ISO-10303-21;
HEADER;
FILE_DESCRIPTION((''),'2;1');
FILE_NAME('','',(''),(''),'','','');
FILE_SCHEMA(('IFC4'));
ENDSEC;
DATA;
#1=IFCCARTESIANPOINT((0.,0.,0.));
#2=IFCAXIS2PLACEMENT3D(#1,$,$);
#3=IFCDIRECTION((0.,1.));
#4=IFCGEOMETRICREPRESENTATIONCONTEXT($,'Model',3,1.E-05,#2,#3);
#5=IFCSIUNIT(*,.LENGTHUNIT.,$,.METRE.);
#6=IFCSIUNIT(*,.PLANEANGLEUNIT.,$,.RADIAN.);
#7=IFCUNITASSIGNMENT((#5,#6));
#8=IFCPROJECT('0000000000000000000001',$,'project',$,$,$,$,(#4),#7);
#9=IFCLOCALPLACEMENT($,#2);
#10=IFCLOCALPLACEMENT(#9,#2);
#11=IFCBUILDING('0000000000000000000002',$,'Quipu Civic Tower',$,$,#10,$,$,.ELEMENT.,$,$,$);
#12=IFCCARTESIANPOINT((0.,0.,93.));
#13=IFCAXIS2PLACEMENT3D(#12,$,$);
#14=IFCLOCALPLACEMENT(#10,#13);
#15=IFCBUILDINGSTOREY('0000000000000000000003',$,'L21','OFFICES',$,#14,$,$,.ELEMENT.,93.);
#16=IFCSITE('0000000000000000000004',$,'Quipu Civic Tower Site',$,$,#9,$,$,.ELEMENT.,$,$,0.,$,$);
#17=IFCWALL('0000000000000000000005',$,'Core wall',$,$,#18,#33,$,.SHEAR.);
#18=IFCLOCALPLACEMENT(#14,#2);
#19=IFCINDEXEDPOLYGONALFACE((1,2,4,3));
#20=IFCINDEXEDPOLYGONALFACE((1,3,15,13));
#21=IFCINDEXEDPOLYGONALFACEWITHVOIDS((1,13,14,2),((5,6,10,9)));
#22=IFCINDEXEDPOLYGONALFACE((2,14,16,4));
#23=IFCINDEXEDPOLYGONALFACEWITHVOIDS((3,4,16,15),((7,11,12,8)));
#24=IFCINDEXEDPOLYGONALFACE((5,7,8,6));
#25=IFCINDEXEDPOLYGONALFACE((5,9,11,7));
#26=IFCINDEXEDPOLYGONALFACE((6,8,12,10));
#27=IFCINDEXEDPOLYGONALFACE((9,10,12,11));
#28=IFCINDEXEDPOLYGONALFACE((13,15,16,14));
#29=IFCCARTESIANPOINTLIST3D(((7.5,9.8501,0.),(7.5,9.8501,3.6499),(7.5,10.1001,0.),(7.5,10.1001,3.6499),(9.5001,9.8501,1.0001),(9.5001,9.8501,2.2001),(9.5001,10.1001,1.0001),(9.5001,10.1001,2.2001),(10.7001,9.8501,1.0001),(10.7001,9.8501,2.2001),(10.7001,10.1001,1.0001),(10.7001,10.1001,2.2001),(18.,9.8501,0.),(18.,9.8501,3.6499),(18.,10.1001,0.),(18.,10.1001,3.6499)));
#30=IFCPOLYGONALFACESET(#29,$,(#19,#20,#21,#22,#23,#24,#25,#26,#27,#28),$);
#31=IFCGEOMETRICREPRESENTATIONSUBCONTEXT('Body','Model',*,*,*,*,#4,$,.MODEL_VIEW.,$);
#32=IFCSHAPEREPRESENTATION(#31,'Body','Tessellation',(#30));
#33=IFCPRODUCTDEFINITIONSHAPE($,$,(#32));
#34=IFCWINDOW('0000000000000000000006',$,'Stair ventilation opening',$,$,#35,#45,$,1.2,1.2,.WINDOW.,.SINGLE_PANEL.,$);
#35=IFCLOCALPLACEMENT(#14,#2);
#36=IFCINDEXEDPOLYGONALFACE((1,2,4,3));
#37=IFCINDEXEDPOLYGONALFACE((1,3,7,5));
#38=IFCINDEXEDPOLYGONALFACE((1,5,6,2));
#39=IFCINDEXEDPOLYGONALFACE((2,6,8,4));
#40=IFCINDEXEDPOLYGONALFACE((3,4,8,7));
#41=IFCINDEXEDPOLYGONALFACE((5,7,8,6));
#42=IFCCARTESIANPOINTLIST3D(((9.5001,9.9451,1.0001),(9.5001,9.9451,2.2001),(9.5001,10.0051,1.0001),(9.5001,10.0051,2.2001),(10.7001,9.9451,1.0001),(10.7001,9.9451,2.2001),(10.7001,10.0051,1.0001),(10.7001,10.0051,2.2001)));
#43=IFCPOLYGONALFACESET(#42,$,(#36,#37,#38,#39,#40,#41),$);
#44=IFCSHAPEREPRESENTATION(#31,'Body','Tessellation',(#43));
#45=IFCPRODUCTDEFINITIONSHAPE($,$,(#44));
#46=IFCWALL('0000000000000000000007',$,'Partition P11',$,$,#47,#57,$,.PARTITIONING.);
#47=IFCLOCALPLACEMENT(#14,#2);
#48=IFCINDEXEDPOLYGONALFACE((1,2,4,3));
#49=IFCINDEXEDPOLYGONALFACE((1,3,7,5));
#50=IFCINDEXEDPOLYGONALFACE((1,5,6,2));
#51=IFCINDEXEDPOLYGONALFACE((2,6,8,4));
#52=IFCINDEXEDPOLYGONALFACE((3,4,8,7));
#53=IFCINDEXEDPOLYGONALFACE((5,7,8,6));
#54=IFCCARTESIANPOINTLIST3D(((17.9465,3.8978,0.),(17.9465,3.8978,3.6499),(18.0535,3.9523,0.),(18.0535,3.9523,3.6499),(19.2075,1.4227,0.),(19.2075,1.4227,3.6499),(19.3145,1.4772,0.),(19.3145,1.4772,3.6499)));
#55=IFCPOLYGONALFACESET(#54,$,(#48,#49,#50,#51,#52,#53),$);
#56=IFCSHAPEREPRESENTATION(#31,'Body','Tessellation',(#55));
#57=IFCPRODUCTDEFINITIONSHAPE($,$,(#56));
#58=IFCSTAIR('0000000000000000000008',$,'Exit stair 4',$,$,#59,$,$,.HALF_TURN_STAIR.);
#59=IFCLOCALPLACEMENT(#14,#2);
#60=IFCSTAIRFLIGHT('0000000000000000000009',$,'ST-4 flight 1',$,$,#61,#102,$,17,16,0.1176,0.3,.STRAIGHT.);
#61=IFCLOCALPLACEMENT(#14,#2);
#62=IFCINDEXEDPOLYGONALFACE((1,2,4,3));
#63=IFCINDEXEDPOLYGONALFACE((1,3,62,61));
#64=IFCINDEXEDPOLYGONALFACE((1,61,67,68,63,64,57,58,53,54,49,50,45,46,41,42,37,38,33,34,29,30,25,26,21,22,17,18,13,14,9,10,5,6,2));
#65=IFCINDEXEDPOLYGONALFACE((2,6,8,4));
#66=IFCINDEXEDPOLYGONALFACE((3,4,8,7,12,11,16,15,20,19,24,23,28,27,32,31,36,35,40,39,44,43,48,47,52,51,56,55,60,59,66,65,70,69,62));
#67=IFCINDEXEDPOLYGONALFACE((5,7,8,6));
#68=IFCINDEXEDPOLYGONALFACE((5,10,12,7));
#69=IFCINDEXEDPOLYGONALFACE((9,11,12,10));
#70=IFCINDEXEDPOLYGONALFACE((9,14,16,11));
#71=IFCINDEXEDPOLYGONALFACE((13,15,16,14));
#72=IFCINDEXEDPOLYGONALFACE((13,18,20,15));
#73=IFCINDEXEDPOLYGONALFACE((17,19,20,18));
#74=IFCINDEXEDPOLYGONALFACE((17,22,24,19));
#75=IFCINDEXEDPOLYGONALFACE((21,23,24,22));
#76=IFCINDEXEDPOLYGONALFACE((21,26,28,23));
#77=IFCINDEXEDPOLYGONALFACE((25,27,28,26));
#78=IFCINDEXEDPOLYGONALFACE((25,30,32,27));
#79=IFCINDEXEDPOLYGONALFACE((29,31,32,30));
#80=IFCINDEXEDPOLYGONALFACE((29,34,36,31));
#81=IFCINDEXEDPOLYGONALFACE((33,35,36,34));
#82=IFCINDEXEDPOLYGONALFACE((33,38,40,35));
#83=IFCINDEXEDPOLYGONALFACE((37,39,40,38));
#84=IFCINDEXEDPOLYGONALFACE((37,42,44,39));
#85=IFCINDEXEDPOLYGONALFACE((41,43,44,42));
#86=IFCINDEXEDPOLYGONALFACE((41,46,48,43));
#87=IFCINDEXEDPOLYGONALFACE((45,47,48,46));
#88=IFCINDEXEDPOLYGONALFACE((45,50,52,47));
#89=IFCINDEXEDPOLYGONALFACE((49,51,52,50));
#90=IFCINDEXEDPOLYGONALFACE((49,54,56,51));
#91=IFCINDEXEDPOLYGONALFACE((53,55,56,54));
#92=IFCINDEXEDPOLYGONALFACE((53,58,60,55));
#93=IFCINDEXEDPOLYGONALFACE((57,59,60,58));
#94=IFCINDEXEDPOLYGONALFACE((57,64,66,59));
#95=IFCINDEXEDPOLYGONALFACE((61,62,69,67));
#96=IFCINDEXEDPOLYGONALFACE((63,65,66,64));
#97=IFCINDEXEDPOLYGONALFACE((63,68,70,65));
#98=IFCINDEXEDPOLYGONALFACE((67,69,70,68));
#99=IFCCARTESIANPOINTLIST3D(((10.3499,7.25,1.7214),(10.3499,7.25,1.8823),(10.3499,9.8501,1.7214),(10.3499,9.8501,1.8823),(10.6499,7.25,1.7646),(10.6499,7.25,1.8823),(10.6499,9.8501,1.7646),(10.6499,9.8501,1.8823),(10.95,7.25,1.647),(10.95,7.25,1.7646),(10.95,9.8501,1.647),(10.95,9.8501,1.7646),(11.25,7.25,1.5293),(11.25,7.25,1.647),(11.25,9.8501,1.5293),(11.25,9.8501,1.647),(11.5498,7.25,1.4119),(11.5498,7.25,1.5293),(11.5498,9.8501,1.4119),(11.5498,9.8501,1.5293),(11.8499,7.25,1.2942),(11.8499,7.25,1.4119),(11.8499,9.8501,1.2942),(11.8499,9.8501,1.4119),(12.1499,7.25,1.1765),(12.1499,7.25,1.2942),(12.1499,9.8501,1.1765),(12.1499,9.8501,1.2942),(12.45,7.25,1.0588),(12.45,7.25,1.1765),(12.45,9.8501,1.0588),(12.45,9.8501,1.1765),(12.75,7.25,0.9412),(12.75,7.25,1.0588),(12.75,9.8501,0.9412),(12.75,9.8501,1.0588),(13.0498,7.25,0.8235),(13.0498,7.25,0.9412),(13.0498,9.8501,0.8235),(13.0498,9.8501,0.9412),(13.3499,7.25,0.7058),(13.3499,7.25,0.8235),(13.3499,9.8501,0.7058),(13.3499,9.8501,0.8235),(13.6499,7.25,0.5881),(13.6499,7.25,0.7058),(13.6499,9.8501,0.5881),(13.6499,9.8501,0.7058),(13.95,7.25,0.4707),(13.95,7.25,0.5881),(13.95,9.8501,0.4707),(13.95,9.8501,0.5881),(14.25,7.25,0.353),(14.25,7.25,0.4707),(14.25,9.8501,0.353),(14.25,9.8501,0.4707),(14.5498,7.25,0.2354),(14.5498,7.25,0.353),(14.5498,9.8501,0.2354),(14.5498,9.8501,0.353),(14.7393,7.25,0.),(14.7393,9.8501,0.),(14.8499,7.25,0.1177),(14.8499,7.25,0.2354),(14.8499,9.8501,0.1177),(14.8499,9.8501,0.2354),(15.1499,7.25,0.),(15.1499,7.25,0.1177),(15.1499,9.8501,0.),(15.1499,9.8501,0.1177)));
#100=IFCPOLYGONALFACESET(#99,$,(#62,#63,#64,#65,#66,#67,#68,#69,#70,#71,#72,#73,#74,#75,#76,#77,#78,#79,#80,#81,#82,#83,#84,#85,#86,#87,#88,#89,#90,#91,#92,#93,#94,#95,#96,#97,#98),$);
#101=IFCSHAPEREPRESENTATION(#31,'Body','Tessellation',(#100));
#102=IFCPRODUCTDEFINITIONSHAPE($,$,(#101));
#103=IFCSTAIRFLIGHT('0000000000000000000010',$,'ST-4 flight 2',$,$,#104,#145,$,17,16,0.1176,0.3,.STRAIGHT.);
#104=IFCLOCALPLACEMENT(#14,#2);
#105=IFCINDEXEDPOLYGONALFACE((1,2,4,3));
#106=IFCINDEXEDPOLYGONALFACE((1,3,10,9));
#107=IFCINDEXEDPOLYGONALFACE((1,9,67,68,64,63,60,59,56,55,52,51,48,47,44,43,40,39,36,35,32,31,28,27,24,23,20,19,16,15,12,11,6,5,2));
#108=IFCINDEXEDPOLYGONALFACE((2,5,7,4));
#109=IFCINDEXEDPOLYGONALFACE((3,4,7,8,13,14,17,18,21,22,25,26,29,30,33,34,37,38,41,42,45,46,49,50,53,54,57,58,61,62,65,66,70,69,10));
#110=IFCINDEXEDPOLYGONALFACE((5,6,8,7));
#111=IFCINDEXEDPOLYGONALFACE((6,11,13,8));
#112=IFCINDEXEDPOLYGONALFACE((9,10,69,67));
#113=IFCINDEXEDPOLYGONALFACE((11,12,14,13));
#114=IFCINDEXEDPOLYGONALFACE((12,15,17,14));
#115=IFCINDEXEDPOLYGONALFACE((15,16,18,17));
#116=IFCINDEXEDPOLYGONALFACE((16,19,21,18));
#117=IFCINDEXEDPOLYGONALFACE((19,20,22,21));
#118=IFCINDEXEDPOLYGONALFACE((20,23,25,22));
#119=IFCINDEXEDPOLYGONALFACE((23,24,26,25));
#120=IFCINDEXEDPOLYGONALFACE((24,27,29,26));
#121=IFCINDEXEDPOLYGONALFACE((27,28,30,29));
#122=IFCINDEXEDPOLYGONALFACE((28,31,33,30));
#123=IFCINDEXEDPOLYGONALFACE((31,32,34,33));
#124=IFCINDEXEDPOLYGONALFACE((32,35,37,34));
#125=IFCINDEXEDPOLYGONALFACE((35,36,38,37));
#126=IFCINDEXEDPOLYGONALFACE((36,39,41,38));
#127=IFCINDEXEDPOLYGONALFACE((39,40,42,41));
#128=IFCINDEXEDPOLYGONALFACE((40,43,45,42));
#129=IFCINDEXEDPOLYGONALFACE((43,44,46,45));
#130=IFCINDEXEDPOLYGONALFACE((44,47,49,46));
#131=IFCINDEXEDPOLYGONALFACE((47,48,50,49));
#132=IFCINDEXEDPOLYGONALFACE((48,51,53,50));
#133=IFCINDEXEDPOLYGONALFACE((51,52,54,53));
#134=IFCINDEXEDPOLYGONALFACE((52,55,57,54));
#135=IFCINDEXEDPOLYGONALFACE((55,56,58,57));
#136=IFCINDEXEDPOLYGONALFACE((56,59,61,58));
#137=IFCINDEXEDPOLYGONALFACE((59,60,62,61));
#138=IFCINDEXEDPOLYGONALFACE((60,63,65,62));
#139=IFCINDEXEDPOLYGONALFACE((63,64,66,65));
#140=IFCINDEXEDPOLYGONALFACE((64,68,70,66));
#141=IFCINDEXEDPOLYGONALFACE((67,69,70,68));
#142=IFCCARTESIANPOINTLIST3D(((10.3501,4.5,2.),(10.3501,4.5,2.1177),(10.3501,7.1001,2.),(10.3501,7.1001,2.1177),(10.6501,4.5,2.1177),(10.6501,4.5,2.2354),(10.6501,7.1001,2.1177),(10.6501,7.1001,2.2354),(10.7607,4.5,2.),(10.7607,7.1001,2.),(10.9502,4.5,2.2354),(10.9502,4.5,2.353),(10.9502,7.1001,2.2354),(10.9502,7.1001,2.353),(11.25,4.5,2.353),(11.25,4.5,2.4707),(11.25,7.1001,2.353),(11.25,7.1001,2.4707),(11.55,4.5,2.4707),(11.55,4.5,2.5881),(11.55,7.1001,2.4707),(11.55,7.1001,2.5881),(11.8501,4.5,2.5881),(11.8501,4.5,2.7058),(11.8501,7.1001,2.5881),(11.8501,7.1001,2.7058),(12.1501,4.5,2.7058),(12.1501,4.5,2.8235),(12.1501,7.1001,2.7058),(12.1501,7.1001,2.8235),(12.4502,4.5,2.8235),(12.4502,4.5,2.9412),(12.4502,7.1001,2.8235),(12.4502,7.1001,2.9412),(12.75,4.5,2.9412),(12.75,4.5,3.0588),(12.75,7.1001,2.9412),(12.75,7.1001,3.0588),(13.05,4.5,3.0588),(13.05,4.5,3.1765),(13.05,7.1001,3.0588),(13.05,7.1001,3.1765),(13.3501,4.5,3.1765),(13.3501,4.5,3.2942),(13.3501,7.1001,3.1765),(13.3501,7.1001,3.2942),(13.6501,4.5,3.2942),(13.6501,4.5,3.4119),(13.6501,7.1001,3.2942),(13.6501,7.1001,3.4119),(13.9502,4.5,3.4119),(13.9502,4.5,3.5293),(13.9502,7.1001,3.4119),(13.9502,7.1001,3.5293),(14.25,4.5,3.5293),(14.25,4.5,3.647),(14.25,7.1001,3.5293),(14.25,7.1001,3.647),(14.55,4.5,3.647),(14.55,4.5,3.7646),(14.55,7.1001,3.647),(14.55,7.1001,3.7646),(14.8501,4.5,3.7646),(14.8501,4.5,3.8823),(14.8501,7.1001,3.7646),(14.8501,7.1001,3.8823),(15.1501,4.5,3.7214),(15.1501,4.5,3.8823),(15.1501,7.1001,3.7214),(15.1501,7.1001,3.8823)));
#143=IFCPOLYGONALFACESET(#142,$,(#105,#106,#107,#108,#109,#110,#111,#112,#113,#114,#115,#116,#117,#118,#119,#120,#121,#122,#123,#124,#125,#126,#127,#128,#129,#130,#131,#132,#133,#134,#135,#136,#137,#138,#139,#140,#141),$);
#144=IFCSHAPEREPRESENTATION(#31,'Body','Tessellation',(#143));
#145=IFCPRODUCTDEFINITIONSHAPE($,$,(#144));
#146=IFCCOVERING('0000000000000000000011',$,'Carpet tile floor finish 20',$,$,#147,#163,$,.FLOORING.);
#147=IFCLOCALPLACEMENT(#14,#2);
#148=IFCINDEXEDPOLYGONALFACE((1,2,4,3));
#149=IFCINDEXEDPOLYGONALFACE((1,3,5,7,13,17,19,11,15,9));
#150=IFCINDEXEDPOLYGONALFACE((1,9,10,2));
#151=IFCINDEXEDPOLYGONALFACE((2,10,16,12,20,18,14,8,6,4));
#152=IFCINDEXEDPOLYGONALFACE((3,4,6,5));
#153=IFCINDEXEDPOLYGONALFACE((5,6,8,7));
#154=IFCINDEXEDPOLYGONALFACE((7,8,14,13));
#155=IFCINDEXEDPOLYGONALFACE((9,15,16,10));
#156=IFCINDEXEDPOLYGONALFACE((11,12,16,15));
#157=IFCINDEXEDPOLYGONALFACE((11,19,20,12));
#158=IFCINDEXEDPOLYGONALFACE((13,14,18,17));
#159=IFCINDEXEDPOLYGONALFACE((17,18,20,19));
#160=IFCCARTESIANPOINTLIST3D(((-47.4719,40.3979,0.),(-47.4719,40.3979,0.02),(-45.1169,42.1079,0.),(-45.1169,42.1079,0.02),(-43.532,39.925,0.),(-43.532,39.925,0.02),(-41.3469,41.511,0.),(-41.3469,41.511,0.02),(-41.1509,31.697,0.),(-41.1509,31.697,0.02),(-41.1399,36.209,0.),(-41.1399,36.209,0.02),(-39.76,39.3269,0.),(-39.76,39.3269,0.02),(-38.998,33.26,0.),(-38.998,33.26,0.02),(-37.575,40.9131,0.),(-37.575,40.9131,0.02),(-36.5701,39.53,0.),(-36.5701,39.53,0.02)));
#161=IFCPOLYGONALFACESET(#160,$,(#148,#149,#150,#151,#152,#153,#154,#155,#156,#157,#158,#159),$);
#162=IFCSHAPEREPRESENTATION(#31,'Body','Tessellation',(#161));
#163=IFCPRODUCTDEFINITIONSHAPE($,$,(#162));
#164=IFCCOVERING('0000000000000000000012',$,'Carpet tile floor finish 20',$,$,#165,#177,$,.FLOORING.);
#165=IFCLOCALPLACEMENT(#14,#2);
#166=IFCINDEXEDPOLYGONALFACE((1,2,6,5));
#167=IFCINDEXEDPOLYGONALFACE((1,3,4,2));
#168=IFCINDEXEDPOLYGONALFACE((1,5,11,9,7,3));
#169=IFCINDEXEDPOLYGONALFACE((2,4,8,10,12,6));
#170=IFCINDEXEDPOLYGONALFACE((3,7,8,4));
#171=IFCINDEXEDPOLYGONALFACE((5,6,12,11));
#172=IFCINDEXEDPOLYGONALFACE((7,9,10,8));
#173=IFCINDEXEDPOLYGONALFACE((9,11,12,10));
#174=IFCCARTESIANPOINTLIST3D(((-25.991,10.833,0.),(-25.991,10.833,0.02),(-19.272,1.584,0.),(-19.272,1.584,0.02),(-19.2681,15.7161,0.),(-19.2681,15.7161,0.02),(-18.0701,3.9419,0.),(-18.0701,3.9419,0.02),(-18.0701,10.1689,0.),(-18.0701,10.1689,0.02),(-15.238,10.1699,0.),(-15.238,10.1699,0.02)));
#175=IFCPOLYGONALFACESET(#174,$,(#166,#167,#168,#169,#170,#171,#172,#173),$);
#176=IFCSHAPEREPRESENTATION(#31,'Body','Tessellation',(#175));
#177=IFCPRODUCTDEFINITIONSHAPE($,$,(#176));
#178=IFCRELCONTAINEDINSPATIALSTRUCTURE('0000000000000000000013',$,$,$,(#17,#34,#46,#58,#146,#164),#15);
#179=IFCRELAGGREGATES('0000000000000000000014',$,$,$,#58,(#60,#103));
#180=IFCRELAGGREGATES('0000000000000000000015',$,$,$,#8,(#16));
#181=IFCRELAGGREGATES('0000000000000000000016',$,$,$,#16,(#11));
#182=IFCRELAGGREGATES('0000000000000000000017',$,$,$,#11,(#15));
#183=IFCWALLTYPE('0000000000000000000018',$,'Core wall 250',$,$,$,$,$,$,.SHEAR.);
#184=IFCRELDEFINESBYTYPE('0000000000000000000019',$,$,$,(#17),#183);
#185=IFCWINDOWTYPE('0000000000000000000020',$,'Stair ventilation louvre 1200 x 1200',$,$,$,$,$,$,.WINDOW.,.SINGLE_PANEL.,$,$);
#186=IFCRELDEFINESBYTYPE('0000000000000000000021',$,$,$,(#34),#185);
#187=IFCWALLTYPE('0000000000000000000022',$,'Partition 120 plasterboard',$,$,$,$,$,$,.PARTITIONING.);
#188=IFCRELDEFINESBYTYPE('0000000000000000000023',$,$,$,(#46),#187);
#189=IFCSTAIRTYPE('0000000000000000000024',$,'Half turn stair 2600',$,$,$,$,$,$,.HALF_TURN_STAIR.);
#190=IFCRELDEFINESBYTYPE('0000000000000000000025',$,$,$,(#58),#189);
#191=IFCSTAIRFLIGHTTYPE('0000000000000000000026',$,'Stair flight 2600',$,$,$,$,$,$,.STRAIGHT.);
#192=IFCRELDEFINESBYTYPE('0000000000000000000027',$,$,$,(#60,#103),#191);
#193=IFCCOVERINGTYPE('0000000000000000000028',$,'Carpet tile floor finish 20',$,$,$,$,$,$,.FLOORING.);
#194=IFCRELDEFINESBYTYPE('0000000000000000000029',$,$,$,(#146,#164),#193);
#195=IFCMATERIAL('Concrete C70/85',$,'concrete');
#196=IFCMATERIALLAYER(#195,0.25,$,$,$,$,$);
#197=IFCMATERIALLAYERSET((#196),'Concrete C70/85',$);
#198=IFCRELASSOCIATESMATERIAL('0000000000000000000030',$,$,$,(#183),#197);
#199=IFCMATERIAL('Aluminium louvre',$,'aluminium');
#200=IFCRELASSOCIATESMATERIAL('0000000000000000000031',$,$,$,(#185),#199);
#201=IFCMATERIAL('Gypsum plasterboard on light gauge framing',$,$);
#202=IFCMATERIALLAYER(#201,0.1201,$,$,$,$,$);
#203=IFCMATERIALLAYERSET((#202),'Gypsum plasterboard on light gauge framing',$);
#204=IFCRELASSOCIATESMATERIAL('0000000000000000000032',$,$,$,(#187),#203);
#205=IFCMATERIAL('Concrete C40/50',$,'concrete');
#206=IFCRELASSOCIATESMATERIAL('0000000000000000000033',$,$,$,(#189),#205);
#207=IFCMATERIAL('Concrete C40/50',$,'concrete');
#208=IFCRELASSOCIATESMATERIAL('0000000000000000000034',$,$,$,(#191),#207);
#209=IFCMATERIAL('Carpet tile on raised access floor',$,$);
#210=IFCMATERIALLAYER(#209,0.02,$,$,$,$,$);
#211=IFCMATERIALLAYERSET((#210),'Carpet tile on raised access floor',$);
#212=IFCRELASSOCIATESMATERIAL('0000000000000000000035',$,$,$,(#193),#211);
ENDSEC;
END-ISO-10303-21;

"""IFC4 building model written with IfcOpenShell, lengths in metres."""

from ifc_helpers import new_model, si_unit, direction, frame, frame_2d, origin, place, context, subcontext, project, spatial, polyline, rectangle, outline, extrude, material, layer, layer_set, type_object, element, fill, aggregate, save


model = new_model("IFC4")

# Units and contexts
model_context = context("Model", 3, precision=1e-05, world=origin(), true_north=direction((0.0, 1.0)))
body_context = subcontext(model_context, "Body", "Model", "MODEL_VIEW")
ifc_project = project(units=[si_unit("LENGTHUNIT", "METRE"), si_unit("PLANEANGLEUNIT", "RADIAN")], contexts=[model_context])

# Site, building, storey
site_placement = place(None, origin())
site = spatial("IfcSite", under=ifc_project, at=site_placement, Name="Quipu Civic Tower Site", CompositionType="ELEMENT", RefElevation=0.0)
building_placement = place(site_placement, origin())
building = spatial("IfcBuilding", under=site, at=building_placement, Name="Quipu Civic Tower", CompositionType="ELEMENT")
storey_placement = place(building_placement, frame((0.0, 0.0, 93.0)))
storey = spatial("IfcBuildingStorey", under=building, at=storey_placement, Name="L21", Description="OFFICES", CompositionType="ELEMENT", Elevation=93.0)

# Shared definitions
ifc_material_1 = material(Name="Concrete C70/85", Category="concrete")
ifc_layer_1 = layer(ifc_material_1, 0.25)
ifc_layer_set_1 = layer_set([ifc_layer_1], Name="Concrete C70/85")
wall_type_1 = type_object("IfcWallType", Name="Core wall 250", PredefinedType="SHEAR", material=ifc_layer_set_1)

# Wall, opening, window
wall_1_placement = place(storey_placement, frame((7.5, 9.9751, 0.0), z_axis=(0.0, 0.0, 1.0), x_axis=(1.0, 0.0, 0.0)))
wall_1 = element("IfcWall", 1, at=wall_1_placement, inside=storey, type_object=wall_type_1, Name="Core wall", PredefinedType="SHEAR", context=body_context, shape_type="SweptSolid", body=[
    extrude(rectangle(XDim=10.5, YDim=0.25, at=frame_2d((5.25, 0.0))), origin(), (0.0, 0.0, 1.0), 3.6499),
])
opening_1_placement = place(wall_1_placement, frame((2.0, 0.0, 1.0)))
opening_1 = element("IfcOpeningElement", 2, at=opening_1_placement, cuts=wall_1, PredefinedType="OPENING", context=body_context, shape_type="SweptSolid", body=[
    extrude(rectangle(XDim=1.2, YDim=1.2, at=frame_2d((0.6001, 0.6001))), frame((0.0, 0.135, 0.0), z_axis=(0.0, -1.0, 0.0), x_axis=(1.0, 0.0, 0.0)), (0.0, 0.0, 1.0), 0.27),
])
ifc_material_2 = material(Name="Aluminium louvre", Category="aluminium")
window_type = type_object("IfcWindowType", Name="Stair ventilation louvre 1200 x 1200", PartitioningType="SINGLE_PANEL", PredefinedType="WINDOW", material=ifc_material_2)
window_placement = place(opening_1_placement, origin())
window = element("IfcWindow", 3, at=window_placement, inside=storey, type_object=window_type, Name="Stair ventilation opening", OverallHeight=1.2, OverallWidth=1.2, PartitioningType="SINGLE_PANEL", PredefinedType="WINDOW", context=body_context, shape_type="SweptSolid", body=[
    extrude(rectangle(XDim=1.2, YDim=1.2, at=frame_2d((0.6001, 0.6001))), frame((0.0, 0.03, 0.0), z_axis=(0.0, -1.0, 0.0), x_axis=(1.0, 0.0, 0.0)), (0.0, 0.0, 1.0), 0.0601),
])
fill(opening_1, window)

# Wall
ifc_material_3 = material(Name="Gypsum plasterboard on light gauge framing")
ifc_layer_2 = layer(ifc_material_3, 0.1201)
ifc_layer_set_2 = layer_set([ifc_layer_2], Name="Gypsum plasterboard on light gauge framing")
wall_type_2 = type_object("IfcWallType", Name="Partition 120 plasterboard", PredefinedType="PARTITIONING", material=ifc_layer_set_2)
wall_2_placement = place(storey_placement, frame((18.0, 3.925, 0.0), z_axis=(0.0, 0.0, 1.0), x_axis=(0.453951, -0.891027, 0.0)))
element("IfcWall", 4, at=wall_2_placement, inside=storey, type_object=wall_type_2, Name="Partition P11", PredefinedType="PARTITIONING", context=body_context, shape_type="SweptSolid", body=[
    extrude(rectangle(XDim=2.7778, YDim=0.1201, at=frame_2d((1.3889, 0.0))), origin(), (0.0, 0.0, 1.0), 3.6499),
])

# Stair, stair flights
ifc_material_4 = material(Name="Concrete C40/50", Category="concrete")
stair_type = type_object("IfcStairType", Name="Half turn stair 2600", PredefinedType="HALF_TURN_STAIR", material=ifc_material_4)
stair_placement = place(storey_placement, origin())
stair = element("IfcStair", 5, at=stair_placement, inside=storey, type_object=stair_type, Name="Exit stair 4", PredefinedType="HALF_TURN_STAIR")
ifc_material_5 = material(Name="Concrete C40/50", Category="concrete")
stair_flight_type = type_object("IfcStairFlightType", Name="Stair flight 2600", PredefinedType="STRAIGHT", material=ifc_material_5)
stair_flight_1_placement = place(storey_placement, frame((15.1499, 8.55, 0.0), z_axis=(0.0, 0.0, 1.0), x_axis=(-1.0, 0.0, 0.0)))
stair_flight_1 = element("IfcStairFlight", 6, at=stair_flight_1_placement, type_object=stair_flight_type, Name="ST-4 flight 1", NumberOfRisers=17, NumberOfTreads=16, PredefinedType="STRAIGHT", RiserHeight=0.1176, TreadLength=0.3, context=body_context, shape_type="SweptSolid", body=[
    extrude(outline(polyline([(0.0, 0.0), (0.0, 0.1177), (0.3, 0.1177), (0.3, 0.2354), (0.6001, 0.2354), (0.6001, 0.353), (0.8999, 0.353), (0.8999, 0.4707), (1.2, 0.4707), (1.2, 0.5881), (1.5, 0.5881), (1.5, 0.7058), (1.8, 0.7058), (1.8, 0.8235), (2.1001, 0.8235), (2.1001, 0.9412), (2.3999, 0.9412), (2.3999, 1.0588), (2.7, 1.0588), (2.7, 1.1765), (3.0, 1.1765), (3.0, 1.2942), (3.3, 1.2942), (3.3, 1.4119), (3.6001, 1.4119), (3.6001, 1.5293), (3.8999, 1.5293), (3.8999, 1.647), (4.2, 1.647), (4.2, 1.7646), (4.5, 1.7646), (4.5, 1.8823), (4.8, 1.8823), (4.8, 2.0), (4.8, 1.7214), (0.4106, 0.0), (0.0, 0.0)])), frame((0.0, 1.3, 0.0), z_axis=(0.0, -1.0, 0.0), x_axis=(1.0, 0.0, 0.0)), (0.0, 0.0, 1.0), 2.6001),
])
stair_flight_2_placement = place(storey_placement, frame((10.3501, 5.8, 2.0), z_axis=(0.0, 0.0, 1.0), x_axis=(1.0, 0.0, 0.0)))
stair_flight_2 = element("IfcStairFlight", 7, at=stair_flight_2_placement, type_object=stair_flight_type, Name="ST-4 flight 2", NumberOfRisers=17, NumberOfTreads=16, PredefinedType="STRAIGHT", RiserHeight=0.1176, TreadLength=0.3, context=body_context, shape_type="SweptSolid", body=[
    extrude(outline(polyline([(0.0, 0.0), (0.0, 0.1177), (0.3, 0.1177), (0.3, 0.2354), (0.6001, 0.2354), (0.6001, 0.353), (0.8999, 0.353), (0.8999, 0.4707), (1.2, 0.4707), (1.2, 0.5881), (1.5, 0.5881), (1.5, 0.7058), (1.8, 0.7058), (1.8, 0.8235), (2.1001, 0.8235), (2.1001, 0.9412), (2.3999, 0.9412), (2.3999, 1.0588), (2.7, 1.0588), (2.7, 1.1765), (3.0, 1.1765), (3.0, 1.2942), (3.3, 1.2942), (3.3, 1.4119), (3.6001, 1.4119), (3.6001, 1.5293), (3.8999, 1.5293), (3.8999, 1.647), (4.2, 1.647), (4.2, 1.7646), (4.5, 1.7646), (4.5, 1.8823), (4.8, 1.8823), (4.8, 2.0), (4.8, 1.7214), (0.4106, 0.0), (0.0, 0.0)])), frame((0.0, 1.3, 0.0), z_axis=(0.0, -1.0, 0.0), x_axis=(1.0, 0.0, 0.0)), (0.0, 0.0, 1.0), 2.6001),
])
aggregate(stair, [stair_flight_1, stair_flight_2])

# Coverings
ifc_material_6 = material(Name="Carpet tile on raised access floor")
ifc_layer_3 = layer(ifc_material_6, 0.02)
ifc_layer_set_3 = layer_set([ifc_layer_3], Name="Carpet tile on raised access floor")
covering_type_1 = type_object("IfcCoveringType", Name="Carpet tile floor finish 20", PredefinedType="FLOORING", material=ifc_layer_set_3)
covering_1_placement = place(storey_placement, origin())
element("IfcCovering", 8, at=covering_1_placement, inside=storey, type_object=covering_type_1, Name="Carpet tile floor finish 20", PredefinedType="FLOORING", context=body_context, shape_type="SweptSolid", body=[
    extrude(outline(polyline([(-47.4719, 40.3979), (-45.1169, 42.1079), (-43.532, 39.925), (-41.3469, 41.511), (-39.76, 39.3269), (-37.575, 40.9131), (-36.5701, 39.53), (-41.1399, 36.209), (-38.998, 33.26), (-41.1509, 31.697), (-47.4719, 40.3979)])), origin(), (0.0, 0.0, 1.0), 0.02),
])
covering_2_placement = place(storey_placement, origin())
element("IfcCovering", 9, at=covering_2_placement, inside=storey, type_object=covering_type_1, Name="Carpet tile floor finish 20", PredefinedType="FLOORING", context=body_context, shape_type="SweptSolid", body=[
    extrude(outline(polyline([(-25.991, 10.833), (-19.2681, 15.7161), (-15.238, 10.1699), (-18.0701, 10.1689), (-18.0701, 3.9419), (-19.272, 1.584), (-25.991, 10.833)])), origin(), (0.0, 0.0, 1.0), 0.02),
])

save(model, "model.ifc")
